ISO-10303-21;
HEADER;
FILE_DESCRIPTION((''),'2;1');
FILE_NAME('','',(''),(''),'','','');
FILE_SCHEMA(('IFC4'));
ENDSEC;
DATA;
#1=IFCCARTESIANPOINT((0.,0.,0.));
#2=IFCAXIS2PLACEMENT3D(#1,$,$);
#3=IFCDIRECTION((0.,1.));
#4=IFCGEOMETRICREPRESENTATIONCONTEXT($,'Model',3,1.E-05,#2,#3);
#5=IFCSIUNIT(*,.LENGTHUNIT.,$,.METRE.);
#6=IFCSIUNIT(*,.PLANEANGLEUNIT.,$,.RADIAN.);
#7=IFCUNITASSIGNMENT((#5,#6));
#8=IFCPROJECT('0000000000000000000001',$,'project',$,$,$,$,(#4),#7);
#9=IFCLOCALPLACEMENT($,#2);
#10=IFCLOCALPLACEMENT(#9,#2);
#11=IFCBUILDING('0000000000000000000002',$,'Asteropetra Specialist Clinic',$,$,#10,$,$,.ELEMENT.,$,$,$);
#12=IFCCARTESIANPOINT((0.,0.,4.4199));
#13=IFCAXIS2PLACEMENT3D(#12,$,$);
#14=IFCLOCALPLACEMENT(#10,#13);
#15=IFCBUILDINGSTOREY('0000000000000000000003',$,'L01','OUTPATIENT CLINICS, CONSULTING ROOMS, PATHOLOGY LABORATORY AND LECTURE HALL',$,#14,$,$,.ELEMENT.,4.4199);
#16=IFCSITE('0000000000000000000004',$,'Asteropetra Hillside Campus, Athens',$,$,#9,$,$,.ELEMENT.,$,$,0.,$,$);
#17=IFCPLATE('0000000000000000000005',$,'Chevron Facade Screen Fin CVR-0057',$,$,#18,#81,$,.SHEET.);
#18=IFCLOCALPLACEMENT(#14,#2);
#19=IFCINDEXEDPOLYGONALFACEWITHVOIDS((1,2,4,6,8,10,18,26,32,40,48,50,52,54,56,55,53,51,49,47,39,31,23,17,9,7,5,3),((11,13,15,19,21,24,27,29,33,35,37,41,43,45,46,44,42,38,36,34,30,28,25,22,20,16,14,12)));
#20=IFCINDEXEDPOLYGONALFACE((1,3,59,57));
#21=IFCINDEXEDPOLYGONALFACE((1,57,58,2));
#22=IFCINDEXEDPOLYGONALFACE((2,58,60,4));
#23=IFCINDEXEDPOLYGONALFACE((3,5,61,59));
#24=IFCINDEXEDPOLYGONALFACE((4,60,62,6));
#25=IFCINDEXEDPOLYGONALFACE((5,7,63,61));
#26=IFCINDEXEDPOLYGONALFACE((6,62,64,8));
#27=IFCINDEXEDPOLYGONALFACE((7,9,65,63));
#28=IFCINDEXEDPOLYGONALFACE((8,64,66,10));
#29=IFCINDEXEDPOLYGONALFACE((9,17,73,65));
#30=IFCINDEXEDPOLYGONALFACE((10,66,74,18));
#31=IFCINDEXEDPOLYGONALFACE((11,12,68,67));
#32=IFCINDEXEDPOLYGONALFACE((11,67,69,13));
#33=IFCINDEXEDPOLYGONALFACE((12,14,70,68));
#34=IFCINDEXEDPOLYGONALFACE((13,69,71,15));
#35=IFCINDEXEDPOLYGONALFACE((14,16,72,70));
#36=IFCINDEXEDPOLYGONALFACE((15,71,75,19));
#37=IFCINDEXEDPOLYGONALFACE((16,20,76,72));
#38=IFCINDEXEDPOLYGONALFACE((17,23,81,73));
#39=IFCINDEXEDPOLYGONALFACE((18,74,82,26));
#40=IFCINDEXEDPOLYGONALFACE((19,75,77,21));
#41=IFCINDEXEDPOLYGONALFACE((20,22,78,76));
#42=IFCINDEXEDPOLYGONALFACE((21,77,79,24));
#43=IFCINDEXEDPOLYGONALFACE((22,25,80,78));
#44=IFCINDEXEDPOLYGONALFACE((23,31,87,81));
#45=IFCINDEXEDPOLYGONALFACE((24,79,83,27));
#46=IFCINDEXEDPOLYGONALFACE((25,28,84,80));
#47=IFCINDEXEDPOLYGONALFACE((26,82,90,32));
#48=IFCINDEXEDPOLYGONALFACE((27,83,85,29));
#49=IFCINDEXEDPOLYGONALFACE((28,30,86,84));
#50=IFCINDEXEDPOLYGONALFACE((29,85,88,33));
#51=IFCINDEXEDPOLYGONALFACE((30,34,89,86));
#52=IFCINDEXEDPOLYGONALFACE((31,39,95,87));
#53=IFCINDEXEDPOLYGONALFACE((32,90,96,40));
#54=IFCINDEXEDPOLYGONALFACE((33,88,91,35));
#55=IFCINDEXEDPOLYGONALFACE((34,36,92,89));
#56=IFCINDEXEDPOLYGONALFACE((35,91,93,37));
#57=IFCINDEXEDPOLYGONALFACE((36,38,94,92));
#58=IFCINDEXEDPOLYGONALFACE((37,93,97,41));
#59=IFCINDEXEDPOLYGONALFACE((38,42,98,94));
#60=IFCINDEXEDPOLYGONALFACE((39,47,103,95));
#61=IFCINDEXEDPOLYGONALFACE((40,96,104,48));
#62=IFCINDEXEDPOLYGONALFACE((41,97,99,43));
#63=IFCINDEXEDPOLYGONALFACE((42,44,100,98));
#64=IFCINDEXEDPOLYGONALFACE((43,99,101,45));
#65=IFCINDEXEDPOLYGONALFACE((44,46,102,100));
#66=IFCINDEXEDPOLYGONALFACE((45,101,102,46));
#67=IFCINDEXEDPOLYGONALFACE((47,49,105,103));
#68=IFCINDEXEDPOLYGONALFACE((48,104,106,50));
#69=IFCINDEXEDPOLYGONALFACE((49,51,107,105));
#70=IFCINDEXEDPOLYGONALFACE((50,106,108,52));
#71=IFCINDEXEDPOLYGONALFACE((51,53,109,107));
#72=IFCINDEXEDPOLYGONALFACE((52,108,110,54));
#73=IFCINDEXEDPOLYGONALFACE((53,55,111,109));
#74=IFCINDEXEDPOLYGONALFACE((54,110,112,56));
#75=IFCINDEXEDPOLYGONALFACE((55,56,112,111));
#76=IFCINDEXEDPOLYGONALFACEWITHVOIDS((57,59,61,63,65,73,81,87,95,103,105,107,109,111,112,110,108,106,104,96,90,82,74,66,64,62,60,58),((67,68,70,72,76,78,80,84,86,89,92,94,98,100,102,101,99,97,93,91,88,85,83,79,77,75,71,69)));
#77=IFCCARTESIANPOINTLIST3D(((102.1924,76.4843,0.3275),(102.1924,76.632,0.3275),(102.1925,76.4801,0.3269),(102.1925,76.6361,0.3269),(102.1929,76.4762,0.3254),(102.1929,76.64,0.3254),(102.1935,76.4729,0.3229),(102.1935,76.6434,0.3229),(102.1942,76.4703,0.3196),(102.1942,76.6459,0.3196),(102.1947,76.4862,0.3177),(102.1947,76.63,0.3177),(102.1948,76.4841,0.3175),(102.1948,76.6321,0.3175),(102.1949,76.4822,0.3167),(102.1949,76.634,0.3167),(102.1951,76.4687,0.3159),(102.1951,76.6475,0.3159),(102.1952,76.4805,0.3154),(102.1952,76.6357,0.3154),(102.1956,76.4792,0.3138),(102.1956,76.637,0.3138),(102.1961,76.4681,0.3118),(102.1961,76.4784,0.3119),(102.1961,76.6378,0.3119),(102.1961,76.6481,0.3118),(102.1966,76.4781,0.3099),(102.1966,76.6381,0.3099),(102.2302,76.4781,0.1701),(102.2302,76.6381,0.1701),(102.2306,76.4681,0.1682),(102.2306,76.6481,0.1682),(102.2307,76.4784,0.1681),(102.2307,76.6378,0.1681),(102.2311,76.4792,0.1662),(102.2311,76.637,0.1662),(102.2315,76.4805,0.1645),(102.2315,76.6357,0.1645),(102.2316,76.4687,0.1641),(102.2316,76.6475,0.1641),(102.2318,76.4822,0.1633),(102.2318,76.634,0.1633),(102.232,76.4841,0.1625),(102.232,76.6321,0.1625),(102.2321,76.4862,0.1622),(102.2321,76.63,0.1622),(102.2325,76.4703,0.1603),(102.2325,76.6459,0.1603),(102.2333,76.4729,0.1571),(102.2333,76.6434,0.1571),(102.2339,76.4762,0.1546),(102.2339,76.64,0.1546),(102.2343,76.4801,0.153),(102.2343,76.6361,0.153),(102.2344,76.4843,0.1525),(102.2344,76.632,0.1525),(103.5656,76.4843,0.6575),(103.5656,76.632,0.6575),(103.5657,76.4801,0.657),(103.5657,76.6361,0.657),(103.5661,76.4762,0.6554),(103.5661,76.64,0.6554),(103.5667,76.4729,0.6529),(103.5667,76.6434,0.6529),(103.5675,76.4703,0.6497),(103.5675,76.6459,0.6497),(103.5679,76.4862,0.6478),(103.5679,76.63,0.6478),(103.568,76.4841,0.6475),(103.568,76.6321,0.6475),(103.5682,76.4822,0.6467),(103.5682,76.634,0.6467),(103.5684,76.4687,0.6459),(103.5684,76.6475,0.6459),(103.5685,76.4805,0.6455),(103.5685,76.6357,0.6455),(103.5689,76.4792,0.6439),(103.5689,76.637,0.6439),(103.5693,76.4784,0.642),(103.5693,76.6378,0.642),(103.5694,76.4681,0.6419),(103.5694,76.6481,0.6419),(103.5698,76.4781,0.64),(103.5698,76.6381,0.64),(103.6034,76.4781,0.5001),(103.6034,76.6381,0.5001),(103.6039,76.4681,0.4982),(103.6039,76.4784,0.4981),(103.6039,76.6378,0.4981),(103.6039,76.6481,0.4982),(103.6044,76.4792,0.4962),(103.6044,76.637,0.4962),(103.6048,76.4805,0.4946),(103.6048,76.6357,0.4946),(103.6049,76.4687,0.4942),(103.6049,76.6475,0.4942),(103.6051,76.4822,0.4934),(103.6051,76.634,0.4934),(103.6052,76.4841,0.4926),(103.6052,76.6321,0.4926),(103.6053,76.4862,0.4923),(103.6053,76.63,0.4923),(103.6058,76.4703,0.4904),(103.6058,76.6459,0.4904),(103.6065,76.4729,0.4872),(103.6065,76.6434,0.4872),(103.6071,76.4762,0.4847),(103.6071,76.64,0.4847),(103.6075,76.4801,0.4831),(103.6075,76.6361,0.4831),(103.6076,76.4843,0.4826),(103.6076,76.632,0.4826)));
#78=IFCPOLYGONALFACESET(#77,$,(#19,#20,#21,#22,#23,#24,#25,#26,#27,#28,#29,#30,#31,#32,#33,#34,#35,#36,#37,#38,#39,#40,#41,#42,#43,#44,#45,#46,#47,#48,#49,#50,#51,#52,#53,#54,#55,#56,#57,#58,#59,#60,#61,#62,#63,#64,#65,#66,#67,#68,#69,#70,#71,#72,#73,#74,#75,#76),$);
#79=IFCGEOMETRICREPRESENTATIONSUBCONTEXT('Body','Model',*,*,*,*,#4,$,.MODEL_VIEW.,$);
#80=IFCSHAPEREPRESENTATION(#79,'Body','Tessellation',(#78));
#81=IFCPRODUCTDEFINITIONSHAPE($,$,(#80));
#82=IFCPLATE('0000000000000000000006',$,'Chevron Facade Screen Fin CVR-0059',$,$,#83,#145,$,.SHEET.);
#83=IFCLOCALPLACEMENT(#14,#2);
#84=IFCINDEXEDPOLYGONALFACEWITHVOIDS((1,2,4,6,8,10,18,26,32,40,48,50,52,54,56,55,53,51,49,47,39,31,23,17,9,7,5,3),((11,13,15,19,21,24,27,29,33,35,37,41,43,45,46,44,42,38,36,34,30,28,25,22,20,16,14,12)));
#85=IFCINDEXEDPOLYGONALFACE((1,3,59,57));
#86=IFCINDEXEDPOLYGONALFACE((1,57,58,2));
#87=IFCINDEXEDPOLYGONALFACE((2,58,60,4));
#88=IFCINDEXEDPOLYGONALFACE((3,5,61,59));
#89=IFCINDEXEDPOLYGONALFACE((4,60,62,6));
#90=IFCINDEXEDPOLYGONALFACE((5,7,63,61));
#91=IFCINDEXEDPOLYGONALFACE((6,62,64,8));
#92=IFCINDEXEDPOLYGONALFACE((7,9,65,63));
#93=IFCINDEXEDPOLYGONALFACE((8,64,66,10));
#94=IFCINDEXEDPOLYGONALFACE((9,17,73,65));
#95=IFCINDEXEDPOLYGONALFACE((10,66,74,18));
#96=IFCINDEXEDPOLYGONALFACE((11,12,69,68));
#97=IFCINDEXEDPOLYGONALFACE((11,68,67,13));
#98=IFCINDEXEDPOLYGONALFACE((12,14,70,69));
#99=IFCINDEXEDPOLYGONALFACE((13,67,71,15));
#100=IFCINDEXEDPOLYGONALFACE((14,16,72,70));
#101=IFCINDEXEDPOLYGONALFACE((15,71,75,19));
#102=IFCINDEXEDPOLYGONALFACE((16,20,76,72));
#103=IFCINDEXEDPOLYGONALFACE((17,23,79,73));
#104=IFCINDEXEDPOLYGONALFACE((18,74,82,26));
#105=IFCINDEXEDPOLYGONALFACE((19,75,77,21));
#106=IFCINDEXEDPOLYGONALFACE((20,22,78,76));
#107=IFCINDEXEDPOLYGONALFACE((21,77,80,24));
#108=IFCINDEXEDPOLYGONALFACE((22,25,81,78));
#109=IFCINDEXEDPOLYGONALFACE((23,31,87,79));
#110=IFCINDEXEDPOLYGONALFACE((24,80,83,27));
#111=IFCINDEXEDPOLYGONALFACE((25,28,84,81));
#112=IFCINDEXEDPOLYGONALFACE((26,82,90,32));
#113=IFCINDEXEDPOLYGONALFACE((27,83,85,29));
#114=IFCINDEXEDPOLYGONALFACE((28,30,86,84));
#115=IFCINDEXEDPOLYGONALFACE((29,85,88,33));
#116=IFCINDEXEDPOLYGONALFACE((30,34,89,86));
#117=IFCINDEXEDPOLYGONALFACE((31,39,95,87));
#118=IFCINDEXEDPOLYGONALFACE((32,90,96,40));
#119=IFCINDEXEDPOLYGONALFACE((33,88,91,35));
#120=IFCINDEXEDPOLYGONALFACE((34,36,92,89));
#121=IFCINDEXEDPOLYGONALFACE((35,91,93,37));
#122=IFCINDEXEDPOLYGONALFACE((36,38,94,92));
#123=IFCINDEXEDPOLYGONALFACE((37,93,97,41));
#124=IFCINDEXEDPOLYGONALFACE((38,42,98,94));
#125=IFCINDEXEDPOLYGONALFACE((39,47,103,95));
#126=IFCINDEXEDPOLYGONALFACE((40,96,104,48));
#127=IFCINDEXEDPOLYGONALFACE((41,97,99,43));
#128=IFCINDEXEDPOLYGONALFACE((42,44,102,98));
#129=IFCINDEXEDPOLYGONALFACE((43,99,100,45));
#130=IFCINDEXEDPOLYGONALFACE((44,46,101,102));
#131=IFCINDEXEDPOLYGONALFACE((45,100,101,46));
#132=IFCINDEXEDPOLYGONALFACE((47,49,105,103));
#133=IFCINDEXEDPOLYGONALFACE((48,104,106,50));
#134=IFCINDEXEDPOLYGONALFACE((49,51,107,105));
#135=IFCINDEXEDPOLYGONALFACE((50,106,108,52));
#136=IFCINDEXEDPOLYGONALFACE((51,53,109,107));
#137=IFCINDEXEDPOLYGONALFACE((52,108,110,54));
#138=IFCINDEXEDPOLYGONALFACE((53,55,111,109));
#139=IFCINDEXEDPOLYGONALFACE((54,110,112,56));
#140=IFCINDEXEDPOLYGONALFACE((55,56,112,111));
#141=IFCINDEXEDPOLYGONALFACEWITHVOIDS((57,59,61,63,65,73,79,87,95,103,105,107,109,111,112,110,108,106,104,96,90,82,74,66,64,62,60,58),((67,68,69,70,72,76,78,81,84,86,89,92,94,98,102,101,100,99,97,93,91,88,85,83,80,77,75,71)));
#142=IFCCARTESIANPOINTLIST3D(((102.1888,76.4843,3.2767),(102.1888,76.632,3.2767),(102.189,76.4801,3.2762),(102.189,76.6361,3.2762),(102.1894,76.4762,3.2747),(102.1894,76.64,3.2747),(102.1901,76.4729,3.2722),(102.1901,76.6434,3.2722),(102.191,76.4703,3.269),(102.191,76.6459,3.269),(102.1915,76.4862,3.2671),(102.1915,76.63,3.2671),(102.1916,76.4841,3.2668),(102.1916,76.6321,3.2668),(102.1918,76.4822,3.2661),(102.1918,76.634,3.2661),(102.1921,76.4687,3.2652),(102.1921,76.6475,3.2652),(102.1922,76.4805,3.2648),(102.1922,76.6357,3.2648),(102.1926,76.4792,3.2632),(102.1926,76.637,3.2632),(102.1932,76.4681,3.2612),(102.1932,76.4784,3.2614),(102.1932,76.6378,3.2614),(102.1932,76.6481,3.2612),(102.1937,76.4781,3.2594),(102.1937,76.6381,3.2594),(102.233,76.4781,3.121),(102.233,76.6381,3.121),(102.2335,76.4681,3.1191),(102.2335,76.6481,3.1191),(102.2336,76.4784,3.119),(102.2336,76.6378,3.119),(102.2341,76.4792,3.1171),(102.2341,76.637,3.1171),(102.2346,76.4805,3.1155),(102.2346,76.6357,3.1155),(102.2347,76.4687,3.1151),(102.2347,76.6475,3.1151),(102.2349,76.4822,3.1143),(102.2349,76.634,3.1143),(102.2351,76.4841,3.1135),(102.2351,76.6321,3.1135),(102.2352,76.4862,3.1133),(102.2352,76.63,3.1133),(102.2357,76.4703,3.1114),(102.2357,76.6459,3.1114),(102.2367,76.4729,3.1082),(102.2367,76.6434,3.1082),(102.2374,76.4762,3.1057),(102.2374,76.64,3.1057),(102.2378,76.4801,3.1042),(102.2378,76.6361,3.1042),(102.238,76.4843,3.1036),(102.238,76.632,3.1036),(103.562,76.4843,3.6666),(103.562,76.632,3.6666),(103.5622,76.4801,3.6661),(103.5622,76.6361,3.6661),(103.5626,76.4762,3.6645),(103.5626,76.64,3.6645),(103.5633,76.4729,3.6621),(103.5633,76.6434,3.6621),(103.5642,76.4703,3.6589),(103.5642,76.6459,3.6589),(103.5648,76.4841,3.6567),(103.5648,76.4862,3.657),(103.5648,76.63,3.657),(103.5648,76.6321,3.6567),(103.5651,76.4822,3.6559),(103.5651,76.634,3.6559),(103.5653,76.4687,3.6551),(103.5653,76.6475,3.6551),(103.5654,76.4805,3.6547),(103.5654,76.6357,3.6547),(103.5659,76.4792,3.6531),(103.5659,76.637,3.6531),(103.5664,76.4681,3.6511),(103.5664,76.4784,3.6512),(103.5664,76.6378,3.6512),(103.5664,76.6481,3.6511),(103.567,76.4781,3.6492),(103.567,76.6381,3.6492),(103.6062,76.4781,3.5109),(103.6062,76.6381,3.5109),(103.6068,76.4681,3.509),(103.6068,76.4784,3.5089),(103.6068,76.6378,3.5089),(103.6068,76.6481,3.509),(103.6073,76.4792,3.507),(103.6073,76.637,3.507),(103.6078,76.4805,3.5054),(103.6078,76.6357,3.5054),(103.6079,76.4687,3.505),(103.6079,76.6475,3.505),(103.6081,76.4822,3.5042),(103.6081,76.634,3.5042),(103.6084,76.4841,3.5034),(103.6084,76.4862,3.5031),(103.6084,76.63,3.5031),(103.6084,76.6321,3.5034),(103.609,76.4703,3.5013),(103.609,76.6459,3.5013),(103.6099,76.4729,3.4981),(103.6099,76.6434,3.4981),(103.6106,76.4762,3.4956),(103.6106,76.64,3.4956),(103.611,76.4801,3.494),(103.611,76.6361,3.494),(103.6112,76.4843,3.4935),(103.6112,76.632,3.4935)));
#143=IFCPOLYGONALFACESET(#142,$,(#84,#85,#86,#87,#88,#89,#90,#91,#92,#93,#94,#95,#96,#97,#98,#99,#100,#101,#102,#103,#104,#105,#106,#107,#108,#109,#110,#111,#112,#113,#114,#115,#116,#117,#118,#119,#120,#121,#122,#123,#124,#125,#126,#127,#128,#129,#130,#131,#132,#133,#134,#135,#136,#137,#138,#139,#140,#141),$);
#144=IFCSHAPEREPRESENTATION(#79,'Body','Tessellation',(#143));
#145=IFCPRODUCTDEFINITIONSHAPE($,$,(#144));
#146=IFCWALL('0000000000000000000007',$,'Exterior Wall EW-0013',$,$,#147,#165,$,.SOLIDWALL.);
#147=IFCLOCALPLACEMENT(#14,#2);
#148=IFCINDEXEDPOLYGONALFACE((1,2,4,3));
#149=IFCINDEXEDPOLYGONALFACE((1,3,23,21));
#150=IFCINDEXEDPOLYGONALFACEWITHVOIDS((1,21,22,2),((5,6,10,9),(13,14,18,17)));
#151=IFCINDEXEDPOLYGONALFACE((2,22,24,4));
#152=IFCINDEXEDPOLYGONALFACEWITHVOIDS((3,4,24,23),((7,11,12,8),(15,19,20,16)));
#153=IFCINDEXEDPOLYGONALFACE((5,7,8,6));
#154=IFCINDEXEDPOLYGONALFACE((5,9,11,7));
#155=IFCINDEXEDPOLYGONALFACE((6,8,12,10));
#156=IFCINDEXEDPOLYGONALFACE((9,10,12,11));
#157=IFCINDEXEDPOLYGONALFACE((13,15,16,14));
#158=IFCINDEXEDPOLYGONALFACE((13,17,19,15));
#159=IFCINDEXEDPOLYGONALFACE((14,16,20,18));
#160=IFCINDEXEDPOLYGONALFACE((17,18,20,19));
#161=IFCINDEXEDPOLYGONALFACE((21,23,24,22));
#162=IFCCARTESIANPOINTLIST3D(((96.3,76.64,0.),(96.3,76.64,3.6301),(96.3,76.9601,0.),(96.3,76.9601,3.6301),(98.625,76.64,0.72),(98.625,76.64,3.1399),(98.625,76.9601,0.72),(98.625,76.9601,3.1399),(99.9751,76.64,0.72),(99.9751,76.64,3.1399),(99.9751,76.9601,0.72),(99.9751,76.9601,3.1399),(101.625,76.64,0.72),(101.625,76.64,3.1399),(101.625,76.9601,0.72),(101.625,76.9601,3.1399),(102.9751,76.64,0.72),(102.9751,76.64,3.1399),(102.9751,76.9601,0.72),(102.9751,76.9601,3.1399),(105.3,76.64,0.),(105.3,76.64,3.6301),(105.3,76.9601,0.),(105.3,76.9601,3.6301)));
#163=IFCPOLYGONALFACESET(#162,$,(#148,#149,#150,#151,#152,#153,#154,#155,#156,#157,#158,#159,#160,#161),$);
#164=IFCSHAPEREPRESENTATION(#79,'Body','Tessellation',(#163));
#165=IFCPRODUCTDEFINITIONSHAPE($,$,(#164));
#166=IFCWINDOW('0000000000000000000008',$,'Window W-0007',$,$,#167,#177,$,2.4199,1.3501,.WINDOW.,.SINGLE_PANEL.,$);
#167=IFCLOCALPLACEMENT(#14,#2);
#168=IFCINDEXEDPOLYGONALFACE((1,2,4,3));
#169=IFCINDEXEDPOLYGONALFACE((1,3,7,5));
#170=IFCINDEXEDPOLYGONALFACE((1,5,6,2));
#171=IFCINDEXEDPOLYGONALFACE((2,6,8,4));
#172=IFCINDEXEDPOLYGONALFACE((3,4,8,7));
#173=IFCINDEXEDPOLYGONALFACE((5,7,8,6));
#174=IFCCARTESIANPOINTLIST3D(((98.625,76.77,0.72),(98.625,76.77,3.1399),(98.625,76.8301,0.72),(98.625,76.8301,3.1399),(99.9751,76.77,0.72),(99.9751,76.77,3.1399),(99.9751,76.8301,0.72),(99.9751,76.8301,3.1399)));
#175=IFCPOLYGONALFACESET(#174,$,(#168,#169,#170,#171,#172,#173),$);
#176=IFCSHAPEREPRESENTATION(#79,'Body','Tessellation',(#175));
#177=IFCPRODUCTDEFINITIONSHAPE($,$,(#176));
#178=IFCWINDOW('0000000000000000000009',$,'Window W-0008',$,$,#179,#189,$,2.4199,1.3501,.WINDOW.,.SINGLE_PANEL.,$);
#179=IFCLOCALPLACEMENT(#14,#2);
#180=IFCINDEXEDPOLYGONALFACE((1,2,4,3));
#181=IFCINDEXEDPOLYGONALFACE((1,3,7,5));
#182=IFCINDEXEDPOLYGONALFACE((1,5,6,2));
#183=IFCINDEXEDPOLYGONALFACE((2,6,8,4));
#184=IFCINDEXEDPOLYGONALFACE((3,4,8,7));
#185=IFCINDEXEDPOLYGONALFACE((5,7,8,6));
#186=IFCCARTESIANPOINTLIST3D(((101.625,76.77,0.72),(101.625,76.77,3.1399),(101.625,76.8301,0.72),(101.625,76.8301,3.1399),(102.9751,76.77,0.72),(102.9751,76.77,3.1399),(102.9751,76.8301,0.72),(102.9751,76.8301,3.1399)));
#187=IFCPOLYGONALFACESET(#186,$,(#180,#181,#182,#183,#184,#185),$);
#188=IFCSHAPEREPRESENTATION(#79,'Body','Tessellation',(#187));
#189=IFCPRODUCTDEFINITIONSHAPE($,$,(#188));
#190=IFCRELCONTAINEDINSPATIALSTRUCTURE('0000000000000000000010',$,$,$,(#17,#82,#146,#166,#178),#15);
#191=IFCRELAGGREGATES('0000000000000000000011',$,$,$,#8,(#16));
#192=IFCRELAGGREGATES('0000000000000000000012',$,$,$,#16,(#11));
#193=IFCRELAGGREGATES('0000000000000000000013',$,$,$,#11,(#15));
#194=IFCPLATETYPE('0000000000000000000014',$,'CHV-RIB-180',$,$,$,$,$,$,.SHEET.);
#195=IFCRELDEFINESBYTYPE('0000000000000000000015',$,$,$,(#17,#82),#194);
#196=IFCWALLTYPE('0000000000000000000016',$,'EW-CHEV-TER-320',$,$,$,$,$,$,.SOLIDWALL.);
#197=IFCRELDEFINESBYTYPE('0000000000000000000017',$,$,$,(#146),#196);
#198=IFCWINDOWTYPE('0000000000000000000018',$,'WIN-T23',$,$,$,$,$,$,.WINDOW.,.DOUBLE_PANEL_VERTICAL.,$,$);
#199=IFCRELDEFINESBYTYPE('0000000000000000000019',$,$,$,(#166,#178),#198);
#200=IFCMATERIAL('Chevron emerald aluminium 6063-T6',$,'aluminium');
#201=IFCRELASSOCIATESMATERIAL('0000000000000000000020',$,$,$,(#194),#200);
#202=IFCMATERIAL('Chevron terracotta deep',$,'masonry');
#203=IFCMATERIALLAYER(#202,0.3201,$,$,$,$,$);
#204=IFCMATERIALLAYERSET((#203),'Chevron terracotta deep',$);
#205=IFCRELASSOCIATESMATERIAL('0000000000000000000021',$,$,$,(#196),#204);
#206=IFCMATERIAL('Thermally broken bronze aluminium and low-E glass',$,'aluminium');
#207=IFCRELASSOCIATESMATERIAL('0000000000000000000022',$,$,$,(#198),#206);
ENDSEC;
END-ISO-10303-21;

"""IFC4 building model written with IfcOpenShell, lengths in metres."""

from ifc_helpers import new_model, si_unit, direction, frame, frame_2d, origin, origin_2d, place, context, subcontext, project, spatial, rectangle, hollow_rectangle, extrude, material, layer, layer_set, material_profile, profile_set, type_object, element, fill, save


model = new_model("IFC4")

# Units and contexts
model_context = context("Model", 3, precision=1e-05, world=origin(), true_north=direction((0.0, 1.0)))
body_context = subcontext(model_context, "Body", "Model", "MODEL_VIEW")
ifc_project = project(units=[si_unit("LENGTHUNIT", "METRE"), si_unit("PLANEANGLEUNIT", "RADIAN")], contexts=[model_context])

# Site, building, storey
site_placement = place(None, origin())
site = spatial("IfcSite", under=ifc_project, at=site_placement, Name="Asteropetra Hillside Campus, Athens", CompositionType="ELEMENT", RefElevation=0.0)
building_placement = place(site_placement, origin())
building = spatial("IfcBuilding", under=site, at=building_placement, Name="Asteropetra Specialist Clinic", CompositionType="ELEMENT")
storey_placement = place(building_placement, frame((0.0, 0.0, 4.4199)))
storey = spatial("IfcBuildingStorey", under=building, at=storey_placement, Name="L01", Description="OUTPATIENT CLINICS, CONSULTING ROOMS, PATHOLOGY LABORATORY AND LECTURE HALL", CompositionType="ELEMENT", Elevation=4.4199)

# Plates
ifc_material_1 = material(Name="Chevron emerald aluminium 6063-T6", Category="aluminium")
ifc_material_profile_1 = material_profile(ifc_material_1, hollow_rectangle(XDim=0.1799, YDim=0.1799, WallThickness=0.01, InnerFilletRadius=0.0081, OuterFilletRadius=0.0161, at=origin_2d()), Name="SHS 180x180x10.0")
ifc_profile_set_1 = profile_set([ifc_material_profile_1], Name="Chevron emerald aluminium 6063-T6")
plate_type = type_object("IfcPlateType", Name="CHV-RIB-180", PredefinedType="SHEET", material=ifc_profile_set_1)
plate_1_placement = place(storey_placement, frame((102.2134, 76.5581, 0.24), z_axis=(0.972309, 0.0, 0.2337), x_axis=(0.0, 1.0, 0.0)))
element("IfcPlate", 1, at=plate_1_placement, inside=storey, type_object=plate_type, Name="Chevron Facade Screen Fin CVR-0057", PredefinedType="SHEET", context=body_context, shape_type="SweptSolid", body=[
    extrude(hollow_rectangle(XDim=0.1799, YDim=0.1799, WallThickness=0.01, InnerFilletRadius=0.0081, OuterFilletRadius=0.0161, at=origin_2d()), origin(), (0.0, 0.0, 1.0), 1.4124),
])
plate_2_placement = place(storey_placement, frame((102.2134, 76.5581, 3.1902), z_axis=(0.961981, 0.0, 0.273117), x_axis=(0.0, 1.0, 0.0)))
element("IfcPlate", 2, at=plate_2_placement, inside=storey, type_object=plate_type, Name="Chevron Facade Screen Fin CVR-0059", PredefinedType="SHEET", context=body_context, shape_type="SweptSolid", body=[
    extrude(hollow_rectangle(XDim=0.1799, YDim=0.1799, WallThickness=0.01, InnerFilletRadius=0.0081, OuterFilletRadius=0.0161, at=origin_2d()), origin(), (0.0, 0.0, 1.0), 1.4275),
])

# Wall, openings, windows
ifc_material_2 = material(Name="Chevron terracotta deep", Category="masonry")
ifc_layer_1 = layer(ifc_material_2, 0.3201)
ifc_layer_set_1 = layer_set([ifc_layer_1], Name="Chevron terracotta deep")
wall_type = type_object("IfcWallType", Name="EW-CHEV-TER-320", PredefinedType="SOLIDWALL", material=ifc_layer_set_1)
wall_placement = place(storey_placement, frame((96.3, 76.8, 0.0), z_axis=(0.0, 0.0, 1.0), x_axis=(1.0, 0.0, 0.0)))
wall = element("IfcWall", 3, at=wall_placement, inside=storey, type_object=wall_type, Name="Exterior Wall EW-0013", PredefinedType="SOLIDWALL", context=body_context, shape_type="SweptSolid", body=[
    extrude(rectangle(XDim=9.0, YDim=0.3201, at=frame_2d((4.5, 0.0))), origin(), (0.0, 0.0, 1.0), 3.6301),
])
opening_1_placement = place(wall_placement, frame((2.325, 0.0, 0.72)))
opening_1 = element("IfcOpeningElement", 4, at=opening_1_placement, cuts=wall, PredefinedType="OPENING", context=body_context, shape_type="SweptSolid", body=[
    extrude(rectangle(XDim=1.3501, YDim=2.4199, at=frame_2d((0.675, 1.21))), frame((0.0, 0.1699, 0.0), z_axis=(0.0, -1.0, 0.0), x_axis=(1.0, 0.0, 0.0)), (0.0, 0.0, 1.0), 0.3401),
])
opening_2_placement = place(wall_placement, frame((5.325, 0.0, 0.72)))
opening_2 = element("IfcOpeningElement", 5, at=opening_2_placement, cuts=wall, PredefinedType="OPENING", context=body_context, shape_type="SweptSolid", body=[
    extrude(rectangle(XDim=1.3501, YDim=2.4199, at=frame_2d((0.675, 1.21))), frame((0.0, 0.1699, 0.0), z_axis=(0.0, -1.0, 0.0), x_axis=(1.0, 0.0, 0.0)), (0.0, 0.0, 1.0), 0.3401),
])
ifc_material_3 = material(Name="Thermally broken bronze aluminium and low-E glass", Category="aluminium")
window_type = type_object("IfcWindowType", Name="WIN-T23", PartitioningType="DOUBLE_PANEL_VERTICAL", PredefinedType="WINDOW", material=ifc_material_3)
window_1_placement = place(opening_1_placement, origin())
window_1 = element("IfcWindow", 6, at=window_1_placement, inside=storey, type_object=window_type, Name="Window W-0007", OverallHeight=2.4199, OverallWidth=1.3501, PartitioningType="SINGLE_PANEL", PredefinedType="WINDOW", context=body_context, shape_type="SweptSolid", body=[
    extrude(rectangle(XDim=1.3501, YDim=2.4199, at=frame_2d((0.675, 1.21))), frame((0.0, 0.03, 0.0), z_axis=(0.0, -1.0, 0.0), x_axis=(1.0, 0.0, 0.0)), (0.0, 0.0, 1.0), 0.0601),
])
fill(opening_1, window_1)
window_2_placement = place(opening_2_placement, origin())
window_2 = element("IfcWindow", 7, at=window_2_placement, inside=storey, type_object=window_type, Name="Window W-0008", OverallHeight=2.4199, OverallWidth=1.3501, PartitioningType="SINGLE_PANEL", PredefinedType="WINDOW", context=body_context, shape_type="SweptSolid", body=[
    extrude(rectangle(XDim=1.3501, YDim=2.4199, at=frame_2d((0.675, 1.21))), frame((0.0, 0.03, 0.0), z_axis=(0.0, -1.0, 0.0), x_axis=(1.0, 0.0, 0.0)), (0.0, 0.0, 1.0), 0.0601),
])
fill(opening_2, window_2)

save(model, "model.ifc")
